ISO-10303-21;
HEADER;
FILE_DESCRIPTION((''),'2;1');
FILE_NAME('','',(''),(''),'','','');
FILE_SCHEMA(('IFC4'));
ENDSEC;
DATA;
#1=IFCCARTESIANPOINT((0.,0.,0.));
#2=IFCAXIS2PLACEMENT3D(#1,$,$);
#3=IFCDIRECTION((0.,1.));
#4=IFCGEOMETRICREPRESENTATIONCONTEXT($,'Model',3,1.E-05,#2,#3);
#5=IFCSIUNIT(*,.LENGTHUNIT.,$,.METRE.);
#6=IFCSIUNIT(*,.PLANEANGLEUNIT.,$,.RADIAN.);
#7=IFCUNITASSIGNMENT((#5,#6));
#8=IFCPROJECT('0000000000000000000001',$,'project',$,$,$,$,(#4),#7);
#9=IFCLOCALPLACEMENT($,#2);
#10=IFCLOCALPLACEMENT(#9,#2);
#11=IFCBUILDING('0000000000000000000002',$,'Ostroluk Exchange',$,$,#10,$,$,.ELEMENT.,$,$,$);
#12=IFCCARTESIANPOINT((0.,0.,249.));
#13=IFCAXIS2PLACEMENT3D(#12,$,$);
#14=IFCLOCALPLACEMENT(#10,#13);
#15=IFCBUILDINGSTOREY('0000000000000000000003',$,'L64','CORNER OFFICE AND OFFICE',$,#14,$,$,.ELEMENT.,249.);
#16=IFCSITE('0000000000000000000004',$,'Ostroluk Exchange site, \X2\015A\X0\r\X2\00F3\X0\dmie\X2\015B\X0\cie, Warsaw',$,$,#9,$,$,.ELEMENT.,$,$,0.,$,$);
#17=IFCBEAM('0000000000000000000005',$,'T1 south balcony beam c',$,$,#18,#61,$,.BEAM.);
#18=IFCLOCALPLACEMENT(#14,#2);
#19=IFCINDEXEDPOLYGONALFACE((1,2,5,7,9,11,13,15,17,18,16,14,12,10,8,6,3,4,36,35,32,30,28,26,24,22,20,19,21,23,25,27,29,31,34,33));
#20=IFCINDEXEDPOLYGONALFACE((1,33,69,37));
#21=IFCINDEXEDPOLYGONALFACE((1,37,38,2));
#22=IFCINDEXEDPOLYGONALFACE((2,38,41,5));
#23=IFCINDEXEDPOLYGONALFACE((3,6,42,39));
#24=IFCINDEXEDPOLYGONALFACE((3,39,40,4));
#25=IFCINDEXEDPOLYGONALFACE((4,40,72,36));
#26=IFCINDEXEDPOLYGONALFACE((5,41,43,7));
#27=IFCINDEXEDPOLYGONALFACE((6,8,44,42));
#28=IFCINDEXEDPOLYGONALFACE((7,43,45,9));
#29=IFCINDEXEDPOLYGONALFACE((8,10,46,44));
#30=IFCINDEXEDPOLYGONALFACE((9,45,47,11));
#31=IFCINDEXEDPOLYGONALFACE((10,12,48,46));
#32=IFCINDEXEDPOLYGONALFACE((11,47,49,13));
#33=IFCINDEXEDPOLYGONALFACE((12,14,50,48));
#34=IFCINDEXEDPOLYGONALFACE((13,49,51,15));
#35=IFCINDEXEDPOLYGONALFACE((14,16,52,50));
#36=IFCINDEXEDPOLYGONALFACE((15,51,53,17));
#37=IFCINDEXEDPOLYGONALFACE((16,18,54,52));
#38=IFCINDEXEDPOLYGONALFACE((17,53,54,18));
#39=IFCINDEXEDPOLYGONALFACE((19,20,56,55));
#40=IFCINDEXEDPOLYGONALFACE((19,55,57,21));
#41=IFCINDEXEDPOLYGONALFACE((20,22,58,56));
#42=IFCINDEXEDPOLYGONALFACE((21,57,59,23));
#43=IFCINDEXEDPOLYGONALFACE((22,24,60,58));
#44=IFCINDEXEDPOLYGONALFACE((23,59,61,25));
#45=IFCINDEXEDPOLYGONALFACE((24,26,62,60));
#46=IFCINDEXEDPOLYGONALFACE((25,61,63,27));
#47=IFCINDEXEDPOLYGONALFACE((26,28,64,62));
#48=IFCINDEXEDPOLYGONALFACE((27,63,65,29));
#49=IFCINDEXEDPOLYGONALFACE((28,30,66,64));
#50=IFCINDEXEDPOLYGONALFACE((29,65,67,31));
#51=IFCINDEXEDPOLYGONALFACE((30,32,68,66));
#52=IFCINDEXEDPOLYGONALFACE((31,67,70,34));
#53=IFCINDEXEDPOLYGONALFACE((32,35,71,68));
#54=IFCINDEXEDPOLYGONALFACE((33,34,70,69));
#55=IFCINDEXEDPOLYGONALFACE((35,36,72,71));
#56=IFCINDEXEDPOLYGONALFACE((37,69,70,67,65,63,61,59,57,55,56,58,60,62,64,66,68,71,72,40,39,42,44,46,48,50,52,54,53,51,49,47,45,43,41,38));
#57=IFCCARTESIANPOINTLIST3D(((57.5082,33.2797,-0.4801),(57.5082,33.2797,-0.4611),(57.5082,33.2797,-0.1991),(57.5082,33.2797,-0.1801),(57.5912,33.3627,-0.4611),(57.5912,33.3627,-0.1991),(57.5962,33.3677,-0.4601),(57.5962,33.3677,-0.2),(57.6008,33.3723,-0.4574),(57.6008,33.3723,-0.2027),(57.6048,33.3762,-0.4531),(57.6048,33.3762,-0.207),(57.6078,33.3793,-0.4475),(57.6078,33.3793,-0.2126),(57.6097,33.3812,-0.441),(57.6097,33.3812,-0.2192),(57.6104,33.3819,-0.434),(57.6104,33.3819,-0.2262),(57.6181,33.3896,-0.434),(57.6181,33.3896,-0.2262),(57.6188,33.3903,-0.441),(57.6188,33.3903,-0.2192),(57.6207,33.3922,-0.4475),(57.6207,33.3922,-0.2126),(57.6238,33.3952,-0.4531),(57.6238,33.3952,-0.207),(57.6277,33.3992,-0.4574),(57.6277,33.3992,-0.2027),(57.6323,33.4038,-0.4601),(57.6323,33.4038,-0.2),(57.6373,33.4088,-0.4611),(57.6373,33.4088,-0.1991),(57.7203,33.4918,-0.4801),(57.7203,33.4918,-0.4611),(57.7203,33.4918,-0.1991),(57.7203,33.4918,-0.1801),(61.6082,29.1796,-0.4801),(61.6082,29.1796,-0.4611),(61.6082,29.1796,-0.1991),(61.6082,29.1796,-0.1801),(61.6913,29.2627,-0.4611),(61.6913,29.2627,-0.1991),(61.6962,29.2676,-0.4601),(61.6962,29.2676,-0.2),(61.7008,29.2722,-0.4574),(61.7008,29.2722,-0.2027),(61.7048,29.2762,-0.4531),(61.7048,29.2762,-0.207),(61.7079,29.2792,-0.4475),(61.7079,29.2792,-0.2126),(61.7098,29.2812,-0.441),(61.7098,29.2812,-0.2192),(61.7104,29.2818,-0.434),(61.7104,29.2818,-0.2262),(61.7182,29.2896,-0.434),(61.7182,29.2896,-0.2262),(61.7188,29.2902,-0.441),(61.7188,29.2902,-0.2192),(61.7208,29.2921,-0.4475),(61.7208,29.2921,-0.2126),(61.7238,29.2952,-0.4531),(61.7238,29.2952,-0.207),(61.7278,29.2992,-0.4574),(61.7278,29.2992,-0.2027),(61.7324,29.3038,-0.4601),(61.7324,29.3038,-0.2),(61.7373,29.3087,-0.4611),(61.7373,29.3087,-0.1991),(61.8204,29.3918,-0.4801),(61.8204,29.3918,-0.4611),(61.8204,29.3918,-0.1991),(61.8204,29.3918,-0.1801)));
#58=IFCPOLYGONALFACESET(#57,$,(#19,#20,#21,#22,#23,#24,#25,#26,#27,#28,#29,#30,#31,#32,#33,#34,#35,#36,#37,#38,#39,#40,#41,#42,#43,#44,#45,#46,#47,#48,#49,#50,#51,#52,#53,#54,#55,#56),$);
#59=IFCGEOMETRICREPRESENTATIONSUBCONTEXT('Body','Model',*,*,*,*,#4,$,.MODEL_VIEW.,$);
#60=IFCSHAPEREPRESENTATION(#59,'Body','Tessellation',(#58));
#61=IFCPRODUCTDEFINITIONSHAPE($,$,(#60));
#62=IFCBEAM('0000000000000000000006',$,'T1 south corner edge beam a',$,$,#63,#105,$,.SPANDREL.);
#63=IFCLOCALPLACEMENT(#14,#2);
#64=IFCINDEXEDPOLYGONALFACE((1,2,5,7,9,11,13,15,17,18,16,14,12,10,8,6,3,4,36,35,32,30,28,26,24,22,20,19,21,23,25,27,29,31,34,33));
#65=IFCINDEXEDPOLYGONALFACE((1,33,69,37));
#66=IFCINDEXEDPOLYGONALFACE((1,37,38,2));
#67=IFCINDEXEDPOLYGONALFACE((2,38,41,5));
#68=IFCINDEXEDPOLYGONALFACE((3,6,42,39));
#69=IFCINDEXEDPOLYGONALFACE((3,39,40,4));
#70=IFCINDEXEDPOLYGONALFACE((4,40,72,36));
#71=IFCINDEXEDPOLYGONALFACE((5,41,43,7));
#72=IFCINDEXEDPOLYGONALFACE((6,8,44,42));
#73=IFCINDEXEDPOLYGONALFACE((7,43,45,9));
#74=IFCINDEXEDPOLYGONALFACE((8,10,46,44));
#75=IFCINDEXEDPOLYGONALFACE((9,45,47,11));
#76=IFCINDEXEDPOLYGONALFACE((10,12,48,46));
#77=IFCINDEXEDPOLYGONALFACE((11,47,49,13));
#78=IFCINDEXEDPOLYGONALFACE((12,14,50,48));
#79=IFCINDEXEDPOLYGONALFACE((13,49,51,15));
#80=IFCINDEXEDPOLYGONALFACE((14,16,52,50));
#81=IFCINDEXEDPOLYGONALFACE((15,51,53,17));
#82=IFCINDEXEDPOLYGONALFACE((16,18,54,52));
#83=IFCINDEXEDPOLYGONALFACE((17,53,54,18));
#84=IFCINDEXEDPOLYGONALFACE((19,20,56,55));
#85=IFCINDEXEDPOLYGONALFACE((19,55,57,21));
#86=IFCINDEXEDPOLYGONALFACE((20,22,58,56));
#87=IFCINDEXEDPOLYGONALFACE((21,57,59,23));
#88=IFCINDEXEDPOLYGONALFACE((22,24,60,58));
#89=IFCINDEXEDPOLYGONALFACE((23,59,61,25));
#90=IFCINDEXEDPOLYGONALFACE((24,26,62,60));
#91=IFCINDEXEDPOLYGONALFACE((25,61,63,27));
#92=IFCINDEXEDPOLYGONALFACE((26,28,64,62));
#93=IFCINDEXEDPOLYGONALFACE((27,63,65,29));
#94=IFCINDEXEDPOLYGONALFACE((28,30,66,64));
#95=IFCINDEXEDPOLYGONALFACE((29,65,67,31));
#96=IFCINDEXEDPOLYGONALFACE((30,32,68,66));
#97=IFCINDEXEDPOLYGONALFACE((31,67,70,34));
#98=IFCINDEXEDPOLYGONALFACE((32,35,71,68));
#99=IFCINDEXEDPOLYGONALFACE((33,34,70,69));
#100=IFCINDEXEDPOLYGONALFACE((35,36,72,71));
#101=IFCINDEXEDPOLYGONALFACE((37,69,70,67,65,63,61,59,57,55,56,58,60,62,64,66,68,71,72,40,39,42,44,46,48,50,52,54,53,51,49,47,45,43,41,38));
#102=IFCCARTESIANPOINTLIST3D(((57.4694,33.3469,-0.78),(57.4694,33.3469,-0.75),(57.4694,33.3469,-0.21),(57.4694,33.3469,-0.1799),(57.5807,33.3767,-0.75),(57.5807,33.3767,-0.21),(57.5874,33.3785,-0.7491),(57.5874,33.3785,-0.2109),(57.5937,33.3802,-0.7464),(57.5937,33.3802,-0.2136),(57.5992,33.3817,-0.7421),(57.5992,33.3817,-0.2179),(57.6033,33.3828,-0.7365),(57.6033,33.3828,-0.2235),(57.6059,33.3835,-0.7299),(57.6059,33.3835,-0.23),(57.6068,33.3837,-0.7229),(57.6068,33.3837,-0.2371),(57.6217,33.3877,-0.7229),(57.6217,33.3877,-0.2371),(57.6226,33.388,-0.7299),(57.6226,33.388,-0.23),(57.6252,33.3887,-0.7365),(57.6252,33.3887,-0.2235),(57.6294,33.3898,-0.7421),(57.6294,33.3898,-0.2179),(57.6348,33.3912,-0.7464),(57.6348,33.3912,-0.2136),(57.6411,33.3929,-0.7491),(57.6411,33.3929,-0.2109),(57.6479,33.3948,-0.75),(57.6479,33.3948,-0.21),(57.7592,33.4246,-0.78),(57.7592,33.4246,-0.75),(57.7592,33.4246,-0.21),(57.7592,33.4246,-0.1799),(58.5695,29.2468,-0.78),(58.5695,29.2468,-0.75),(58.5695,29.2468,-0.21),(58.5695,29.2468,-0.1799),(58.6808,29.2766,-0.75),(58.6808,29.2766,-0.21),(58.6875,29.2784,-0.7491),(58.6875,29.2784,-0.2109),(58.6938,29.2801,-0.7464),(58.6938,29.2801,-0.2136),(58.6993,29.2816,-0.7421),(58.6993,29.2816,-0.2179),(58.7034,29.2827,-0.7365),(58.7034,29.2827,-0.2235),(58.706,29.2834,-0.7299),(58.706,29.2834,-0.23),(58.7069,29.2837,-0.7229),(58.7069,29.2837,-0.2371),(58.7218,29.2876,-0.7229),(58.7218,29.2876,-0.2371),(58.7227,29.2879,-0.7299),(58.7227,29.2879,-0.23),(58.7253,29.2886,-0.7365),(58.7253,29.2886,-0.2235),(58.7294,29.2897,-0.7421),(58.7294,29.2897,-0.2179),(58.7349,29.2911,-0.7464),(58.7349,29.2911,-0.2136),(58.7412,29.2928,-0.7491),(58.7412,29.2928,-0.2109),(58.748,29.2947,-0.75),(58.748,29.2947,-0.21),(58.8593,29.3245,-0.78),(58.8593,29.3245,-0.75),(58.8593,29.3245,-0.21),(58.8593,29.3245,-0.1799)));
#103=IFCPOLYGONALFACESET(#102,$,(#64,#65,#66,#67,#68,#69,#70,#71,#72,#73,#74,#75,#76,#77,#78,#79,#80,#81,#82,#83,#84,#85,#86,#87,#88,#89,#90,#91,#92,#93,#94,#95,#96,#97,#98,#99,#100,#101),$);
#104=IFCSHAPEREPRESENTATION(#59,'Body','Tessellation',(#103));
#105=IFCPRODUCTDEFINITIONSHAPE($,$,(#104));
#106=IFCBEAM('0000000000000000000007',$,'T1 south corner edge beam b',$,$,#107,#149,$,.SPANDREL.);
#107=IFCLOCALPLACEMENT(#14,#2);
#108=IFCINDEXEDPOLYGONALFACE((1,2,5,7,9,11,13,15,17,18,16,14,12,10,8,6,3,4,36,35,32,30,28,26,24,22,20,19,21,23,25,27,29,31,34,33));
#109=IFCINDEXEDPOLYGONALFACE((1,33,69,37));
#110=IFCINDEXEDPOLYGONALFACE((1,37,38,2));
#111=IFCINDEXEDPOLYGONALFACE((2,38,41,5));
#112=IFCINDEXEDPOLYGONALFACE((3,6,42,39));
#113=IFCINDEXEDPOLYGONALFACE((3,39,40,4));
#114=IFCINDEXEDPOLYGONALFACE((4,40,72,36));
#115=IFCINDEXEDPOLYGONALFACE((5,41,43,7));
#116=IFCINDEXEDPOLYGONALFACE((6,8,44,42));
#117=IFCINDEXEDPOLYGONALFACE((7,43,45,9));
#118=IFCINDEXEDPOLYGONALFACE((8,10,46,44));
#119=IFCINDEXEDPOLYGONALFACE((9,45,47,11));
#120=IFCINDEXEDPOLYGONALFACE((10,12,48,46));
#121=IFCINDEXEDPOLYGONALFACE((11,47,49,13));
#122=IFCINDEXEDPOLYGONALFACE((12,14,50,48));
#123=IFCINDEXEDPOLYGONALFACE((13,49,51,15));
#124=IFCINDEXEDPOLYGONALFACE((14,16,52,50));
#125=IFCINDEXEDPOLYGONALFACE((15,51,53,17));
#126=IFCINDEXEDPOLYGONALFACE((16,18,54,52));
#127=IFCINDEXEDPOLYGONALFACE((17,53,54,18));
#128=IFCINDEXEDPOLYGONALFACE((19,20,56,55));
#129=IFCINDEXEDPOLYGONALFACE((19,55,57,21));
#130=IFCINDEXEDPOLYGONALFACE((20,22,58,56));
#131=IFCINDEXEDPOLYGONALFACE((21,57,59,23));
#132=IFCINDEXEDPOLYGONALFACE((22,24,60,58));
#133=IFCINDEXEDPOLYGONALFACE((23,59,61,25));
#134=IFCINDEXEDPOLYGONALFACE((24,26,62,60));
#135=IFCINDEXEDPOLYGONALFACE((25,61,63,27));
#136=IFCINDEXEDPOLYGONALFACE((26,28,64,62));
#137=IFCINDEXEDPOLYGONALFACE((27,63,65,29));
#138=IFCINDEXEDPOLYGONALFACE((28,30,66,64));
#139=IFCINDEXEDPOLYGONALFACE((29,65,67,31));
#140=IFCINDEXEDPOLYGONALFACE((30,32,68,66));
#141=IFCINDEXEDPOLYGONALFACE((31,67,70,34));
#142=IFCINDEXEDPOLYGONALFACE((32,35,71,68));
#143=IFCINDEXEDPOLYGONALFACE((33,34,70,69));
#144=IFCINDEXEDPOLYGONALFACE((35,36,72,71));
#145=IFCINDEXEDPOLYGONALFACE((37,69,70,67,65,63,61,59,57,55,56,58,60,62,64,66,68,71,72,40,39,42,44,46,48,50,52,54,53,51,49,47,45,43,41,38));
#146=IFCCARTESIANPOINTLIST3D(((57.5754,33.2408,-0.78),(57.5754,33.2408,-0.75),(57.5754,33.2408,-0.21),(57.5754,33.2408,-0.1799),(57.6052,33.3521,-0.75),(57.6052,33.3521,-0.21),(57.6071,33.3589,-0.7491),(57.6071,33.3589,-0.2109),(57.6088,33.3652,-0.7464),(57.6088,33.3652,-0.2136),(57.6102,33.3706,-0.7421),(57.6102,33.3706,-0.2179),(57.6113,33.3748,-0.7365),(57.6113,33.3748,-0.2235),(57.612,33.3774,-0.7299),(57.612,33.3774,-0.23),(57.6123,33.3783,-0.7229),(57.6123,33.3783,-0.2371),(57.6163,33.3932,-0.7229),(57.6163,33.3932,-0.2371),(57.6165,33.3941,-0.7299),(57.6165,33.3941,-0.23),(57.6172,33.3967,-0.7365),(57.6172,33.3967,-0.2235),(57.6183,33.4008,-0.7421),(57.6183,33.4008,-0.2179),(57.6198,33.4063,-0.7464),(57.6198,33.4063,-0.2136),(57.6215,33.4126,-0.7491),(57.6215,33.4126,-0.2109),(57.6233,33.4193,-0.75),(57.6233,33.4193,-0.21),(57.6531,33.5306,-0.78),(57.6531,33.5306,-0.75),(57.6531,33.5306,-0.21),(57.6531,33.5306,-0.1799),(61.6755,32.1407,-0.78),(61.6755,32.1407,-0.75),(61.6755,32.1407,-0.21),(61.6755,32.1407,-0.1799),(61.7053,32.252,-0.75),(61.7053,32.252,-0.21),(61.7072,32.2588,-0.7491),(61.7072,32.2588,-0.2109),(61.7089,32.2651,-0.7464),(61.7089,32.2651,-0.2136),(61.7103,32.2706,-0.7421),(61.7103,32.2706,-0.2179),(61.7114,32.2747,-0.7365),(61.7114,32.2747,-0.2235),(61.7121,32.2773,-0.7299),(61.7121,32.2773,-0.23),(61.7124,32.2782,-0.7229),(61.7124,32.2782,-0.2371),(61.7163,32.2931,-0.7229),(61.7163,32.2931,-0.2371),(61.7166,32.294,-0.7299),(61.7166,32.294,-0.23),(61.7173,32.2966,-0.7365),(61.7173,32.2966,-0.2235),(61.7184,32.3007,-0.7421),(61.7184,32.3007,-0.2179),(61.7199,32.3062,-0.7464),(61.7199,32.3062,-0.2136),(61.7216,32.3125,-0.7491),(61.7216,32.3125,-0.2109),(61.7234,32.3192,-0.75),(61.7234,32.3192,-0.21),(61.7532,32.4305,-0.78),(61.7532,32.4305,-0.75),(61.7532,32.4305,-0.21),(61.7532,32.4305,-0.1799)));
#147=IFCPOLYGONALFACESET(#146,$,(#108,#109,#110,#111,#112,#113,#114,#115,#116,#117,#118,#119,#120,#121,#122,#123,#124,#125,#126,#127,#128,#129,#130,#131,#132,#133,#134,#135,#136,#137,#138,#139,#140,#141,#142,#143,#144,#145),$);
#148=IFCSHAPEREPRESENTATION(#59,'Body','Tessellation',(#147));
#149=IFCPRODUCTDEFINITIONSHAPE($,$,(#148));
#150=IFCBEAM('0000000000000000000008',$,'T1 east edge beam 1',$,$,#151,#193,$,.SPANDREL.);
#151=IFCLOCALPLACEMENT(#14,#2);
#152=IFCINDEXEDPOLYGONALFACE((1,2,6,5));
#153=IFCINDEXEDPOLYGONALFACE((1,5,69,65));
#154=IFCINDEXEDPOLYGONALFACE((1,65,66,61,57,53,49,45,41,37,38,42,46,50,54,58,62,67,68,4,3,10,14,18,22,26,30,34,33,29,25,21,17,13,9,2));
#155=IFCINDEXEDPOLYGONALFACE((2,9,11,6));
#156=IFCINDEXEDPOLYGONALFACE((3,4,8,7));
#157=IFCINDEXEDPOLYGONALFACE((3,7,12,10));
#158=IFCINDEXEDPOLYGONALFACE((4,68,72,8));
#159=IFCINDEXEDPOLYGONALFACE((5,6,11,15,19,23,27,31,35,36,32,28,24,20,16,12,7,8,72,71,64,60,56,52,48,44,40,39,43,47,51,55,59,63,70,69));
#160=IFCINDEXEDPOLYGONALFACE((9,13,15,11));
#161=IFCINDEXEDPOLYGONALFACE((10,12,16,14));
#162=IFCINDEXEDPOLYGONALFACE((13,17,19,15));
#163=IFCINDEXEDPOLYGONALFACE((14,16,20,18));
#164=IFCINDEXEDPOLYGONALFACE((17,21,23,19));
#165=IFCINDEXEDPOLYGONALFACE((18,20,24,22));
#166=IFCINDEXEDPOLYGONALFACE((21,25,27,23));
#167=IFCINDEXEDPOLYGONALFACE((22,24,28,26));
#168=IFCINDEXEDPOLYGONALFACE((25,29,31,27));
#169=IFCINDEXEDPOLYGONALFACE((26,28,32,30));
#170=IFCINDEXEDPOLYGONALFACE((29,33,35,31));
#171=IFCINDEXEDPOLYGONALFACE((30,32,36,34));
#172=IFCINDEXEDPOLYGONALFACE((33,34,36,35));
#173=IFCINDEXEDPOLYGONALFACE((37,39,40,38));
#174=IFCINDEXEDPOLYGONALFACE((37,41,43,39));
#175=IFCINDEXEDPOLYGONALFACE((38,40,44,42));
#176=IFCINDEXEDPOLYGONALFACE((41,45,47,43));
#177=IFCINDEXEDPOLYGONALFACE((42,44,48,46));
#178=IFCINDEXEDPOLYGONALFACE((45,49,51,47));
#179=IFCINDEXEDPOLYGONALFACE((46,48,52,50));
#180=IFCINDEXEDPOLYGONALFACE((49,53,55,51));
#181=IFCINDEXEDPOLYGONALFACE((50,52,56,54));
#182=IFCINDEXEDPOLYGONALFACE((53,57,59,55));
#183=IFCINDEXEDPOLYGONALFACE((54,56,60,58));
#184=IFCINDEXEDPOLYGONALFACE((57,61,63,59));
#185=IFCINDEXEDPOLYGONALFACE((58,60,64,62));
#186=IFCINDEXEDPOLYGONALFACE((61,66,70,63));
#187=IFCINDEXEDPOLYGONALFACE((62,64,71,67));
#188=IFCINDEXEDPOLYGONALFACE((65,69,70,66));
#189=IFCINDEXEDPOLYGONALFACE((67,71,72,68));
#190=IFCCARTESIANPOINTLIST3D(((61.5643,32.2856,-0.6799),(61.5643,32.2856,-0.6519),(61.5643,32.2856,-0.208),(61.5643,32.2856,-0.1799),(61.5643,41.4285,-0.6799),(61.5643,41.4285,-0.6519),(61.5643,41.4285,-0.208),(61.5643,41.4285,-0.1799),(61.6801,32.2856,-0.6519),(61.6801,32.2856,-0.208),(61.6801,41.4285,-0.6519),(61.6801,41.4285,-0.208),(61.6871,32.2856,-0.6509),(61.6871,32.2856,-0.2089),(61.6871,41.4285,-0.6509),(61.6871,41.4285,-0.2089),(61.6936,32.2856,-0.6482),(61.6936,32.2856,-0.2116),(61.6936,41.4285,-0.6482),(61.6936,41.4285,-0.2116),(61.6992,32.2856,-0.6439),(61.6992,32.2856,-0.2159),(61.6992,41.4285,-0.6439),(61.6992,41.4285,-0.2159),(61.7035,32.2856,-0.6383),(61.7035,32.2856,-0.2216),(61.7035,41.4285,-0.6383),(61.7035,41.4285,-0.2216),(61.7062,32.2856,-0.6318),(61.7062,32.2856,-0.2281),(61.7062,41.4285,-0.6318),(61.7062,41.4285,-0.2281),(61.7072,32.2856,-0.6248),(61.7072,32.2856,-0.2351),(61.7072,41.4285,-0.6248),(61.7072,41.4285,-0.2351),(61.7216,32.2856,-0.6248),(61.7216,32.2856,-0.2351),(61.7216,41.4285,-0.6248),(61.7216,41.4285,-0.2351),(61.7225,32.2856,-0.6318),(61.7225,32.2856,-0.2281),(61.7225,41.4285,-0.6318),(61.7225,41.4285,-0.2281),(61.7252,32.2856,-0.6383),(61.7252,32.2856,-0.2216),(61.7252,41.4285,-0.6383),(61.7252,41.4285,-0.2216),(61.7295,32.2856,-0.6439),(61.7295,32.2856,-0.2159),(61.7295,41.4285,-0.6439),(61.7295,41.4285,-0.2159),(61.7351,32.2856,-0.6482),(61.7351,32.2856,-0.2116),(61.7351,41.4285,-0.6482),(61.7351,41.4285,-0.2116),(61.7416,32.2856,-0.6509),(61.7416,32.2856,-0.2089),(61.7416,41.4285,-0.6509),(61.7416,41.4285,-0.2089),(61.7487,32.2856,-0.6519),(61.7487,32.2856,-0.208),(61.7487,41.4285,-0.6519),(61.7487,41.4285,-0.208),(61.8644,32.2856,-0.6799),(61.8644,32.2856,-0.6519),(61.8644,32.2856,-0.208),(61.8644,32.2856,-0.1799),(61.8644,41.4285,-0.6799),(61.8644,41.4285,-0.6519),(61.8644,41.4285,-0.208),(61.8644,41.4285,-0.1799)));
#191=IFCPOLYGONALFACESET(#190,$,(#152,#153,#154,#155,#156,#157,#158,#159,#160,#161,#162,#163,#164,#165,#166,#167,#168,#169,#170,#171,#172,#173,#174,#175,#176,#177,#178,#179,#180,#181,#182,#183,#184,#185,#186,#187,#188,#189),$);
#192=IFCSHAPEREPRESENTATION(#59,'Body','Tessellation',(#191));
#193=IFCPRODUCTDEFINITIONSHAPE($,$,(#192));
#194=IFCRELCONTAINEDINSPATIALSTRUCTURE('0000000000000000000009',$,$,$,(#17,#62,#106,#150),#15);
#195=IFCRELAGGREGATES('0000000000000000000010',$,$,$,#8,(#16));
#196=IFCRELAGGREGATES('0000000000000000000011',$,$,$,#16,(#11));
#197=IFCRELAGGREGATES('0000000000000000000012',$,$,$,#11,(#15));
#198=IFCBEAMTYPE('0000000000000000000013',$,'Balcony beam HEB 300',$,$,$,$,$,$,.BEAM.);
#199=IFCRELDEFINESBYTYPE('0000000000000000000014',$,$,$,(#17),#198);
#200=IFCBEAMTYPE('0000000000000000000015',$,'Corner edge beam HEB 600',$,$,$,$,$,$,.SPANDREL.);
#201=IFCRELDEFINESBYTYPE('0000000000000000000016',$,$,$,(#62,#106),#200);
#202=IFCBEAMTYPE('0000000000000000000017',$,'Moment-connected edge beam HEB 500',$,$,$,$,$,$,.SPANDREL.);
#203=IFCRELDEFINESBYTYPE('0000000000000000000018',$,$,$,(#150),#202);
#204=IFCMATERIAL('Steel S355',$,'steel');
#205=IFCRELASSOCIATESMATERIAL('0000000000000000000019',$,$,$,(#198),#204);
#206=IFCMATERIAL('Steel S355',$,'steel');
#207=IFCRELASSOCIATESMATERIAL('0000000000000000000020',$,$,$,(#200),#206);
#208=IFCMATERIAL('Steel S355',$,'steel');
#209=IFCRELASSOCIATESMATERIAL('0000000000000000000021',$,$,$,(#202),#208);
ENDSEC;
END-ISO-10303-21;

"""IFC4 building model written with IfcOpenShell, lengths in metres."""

from ifc_helpers import new_model, si_unit, direction, frame, origin, origin_2d, place, context, subcontext, project, spatial, i_section, extrude, material, material_profile, profile_set, type_object, element, save


model = new_model("IFC4")

# Units and contexts
model_context = context("Model", 3, precision=1e-05, world=origin(), true_north=direction((0.0, 1.0)))
body_context = subcontext(model_context, "Body", "Model", "MODEL_VIEW")
ifc_project = project(units=[si_unit("LENGTHUNIT", "METRE"), si_unit("PLANEANGLEUNIT", "RADIAN")], contexts=[model_context])

# Site, building, storey
site_placement = place(None, origin())
site = spatial("IfcSite", under=ifc_project, at=site_placement, Name="Ostroluk Exchange site, Śródmieście, Warsaw", CompositionType="ELEMENT", RefElevation=0.0)
building_placement = place(site_placement, origin())
building = spatial("IfcBuilding", under=site, at=building_placement, Name="Ostroluk Exchange", CompositionType="ELEMENT")
storey_placement = place(building_placement, frame((0.0, 0.0, 249.0)))
storey = spatial("IfcBuildingStorey", under=building, at=storey_placement, Name="L64", Description="CORNER OFFICE AND OFFICE", CompositionType="ELEMENT", Elevation=249.0)

# Beams
ifc_material_1 = material(Name="Steel S355", Category="steel")
ifc_material_profile_1 = material_profile(ifc_material_1, i_section(OverallWidth=0.3, OverallDepth=0.3, WebThickness=0.011, FlangeThickness=0.019, FilletRadius=0.0271, at=origin_2d()), Name="HEB 300")
ifc_profile_set_1 = profile_set([ifc_material_profile_1], Name="Steel S355")
beam_type_1 = type_object("IfcBeamType", Name="Balcony beam HEB 300", PredefinedType="BEAM", material=ifc_profile_set_1)
beam_1_placement = place(storey_placement, frame((57.6143, 33.3857, -0.3301), z_axis=(0.707107, -0.707107, 0.0), x_axis=(0.707107, 0.707107, 0.0)))
element("IfcBeam", 1, at=beam_1_placement, inside=storey, type_object=beam_type_1, Name="T1 south balcony beam c", PredefinedType="BEAM", context=body_context, shape_type="SweptSolid", body=[
    extrude(i_section(OverallWidth=0.3, OverallDepth=0.3, WebThickness=0.011, FlangeThickness=0.019, FilletRadius=0.0271, at=origin_2d()), origin(), (0.0, 0.0, 1.0), 5.7983),
])
ifc_material_2 = material(Name="Steel S355", Category="steel")
ifc_material_profile_2 = material_profile(ifc_material_2, i_section(OverallWidth=0.3, OverallDepth=0.6001, WebThickness=0.0154, FlangeThickness=0.03, FilletRadius=0.0271, at=origin_2d()), Name="HEB 600")
ifc_profile_set_2 = profile_set([ifc_material_profile_2], Name="Steel S355")
beam_type_2 = type_object("IfcBeamType", Name="Corner edge beam HEB 600", PredefinedType="SPANDREL", material=ifc_profile_set_2)
for number, where, z_axis, x_axis, name in (
    (2, (57.6143, 33.3857, -0.48), (0.259144, -0.965839, 0.0), (0.965839, 0.259144, 0.0), "T1 south corner edge beam a"),
    (3, (57.6143, 33.3857, -0.48), (0.965839, -0.259144, 0.0), (0.259144, 0.965839, 0.0), "T1 south corner edge beam b"),
):
    element("IfcBeam", number, at=place(storey_placement, frame(where, z_axis=z_axis, x_axis=x_axis)), inside=storey, type_object=beam_type_2, Name=name, PredefinedType="SPANDREL", context=body_context, shape_type="SweptSolid", body=[
        extrude(i_section(OverallWidth=0.3, OverallDepth=0.6001, WebThickness=0.0154, FlangeThickness=0.03, FilletRadius=0.0271, at=origin_2d()), origin(), (0.0, 0.0, 1.0), 4.2451),
    ])
ifc_material_3 = material(Name="Steel S355", Category="steel")
ifc_material_profile_3 = material_profile(ifc_material_3, i_section(OverallWidth=0.3, OverallDepth=0.5, WebThickness=0.0144, FlangeThickness=0.0281, FilletRadius=0.0271, at=origin_2d()), Name="HEB 500")
ifc_profile_set_3 = profile_set([ifc_material_profile_3], Name="Steel S355")
beam_type_3 = type_object("IfcBeamType", Name="Moment-connected edge beam HEB 500", PredefinedType="SPANDREL", material=ifc_profile_set_3)
beam_2_placement = place(storey_placement, frame((61.7144, 32.2856, -0.4299), z_axis=(0.0, 1.0, 0.0), x_axis=(-1.0, 0.0, 0.0)))
element("IfcBeam", 4, at=beam_2_placement, inside=storey, type_object=beam_type_3, Name="T1 east edge beam 1", PredefinedType="SPANDREL", context=body_context, shape_type="SweptSolid", body=[
    extrude(i_section(OverallWidth=0.3, OverallDepth=0.5, WebThickness=0.0144, FlangeThickness=0.0281, FilletRadius=0.0271, at=origin_2d()), origin(), (0.0, 0.0, 1.0), 9.1428),
])

save(model, "model.ifc")
